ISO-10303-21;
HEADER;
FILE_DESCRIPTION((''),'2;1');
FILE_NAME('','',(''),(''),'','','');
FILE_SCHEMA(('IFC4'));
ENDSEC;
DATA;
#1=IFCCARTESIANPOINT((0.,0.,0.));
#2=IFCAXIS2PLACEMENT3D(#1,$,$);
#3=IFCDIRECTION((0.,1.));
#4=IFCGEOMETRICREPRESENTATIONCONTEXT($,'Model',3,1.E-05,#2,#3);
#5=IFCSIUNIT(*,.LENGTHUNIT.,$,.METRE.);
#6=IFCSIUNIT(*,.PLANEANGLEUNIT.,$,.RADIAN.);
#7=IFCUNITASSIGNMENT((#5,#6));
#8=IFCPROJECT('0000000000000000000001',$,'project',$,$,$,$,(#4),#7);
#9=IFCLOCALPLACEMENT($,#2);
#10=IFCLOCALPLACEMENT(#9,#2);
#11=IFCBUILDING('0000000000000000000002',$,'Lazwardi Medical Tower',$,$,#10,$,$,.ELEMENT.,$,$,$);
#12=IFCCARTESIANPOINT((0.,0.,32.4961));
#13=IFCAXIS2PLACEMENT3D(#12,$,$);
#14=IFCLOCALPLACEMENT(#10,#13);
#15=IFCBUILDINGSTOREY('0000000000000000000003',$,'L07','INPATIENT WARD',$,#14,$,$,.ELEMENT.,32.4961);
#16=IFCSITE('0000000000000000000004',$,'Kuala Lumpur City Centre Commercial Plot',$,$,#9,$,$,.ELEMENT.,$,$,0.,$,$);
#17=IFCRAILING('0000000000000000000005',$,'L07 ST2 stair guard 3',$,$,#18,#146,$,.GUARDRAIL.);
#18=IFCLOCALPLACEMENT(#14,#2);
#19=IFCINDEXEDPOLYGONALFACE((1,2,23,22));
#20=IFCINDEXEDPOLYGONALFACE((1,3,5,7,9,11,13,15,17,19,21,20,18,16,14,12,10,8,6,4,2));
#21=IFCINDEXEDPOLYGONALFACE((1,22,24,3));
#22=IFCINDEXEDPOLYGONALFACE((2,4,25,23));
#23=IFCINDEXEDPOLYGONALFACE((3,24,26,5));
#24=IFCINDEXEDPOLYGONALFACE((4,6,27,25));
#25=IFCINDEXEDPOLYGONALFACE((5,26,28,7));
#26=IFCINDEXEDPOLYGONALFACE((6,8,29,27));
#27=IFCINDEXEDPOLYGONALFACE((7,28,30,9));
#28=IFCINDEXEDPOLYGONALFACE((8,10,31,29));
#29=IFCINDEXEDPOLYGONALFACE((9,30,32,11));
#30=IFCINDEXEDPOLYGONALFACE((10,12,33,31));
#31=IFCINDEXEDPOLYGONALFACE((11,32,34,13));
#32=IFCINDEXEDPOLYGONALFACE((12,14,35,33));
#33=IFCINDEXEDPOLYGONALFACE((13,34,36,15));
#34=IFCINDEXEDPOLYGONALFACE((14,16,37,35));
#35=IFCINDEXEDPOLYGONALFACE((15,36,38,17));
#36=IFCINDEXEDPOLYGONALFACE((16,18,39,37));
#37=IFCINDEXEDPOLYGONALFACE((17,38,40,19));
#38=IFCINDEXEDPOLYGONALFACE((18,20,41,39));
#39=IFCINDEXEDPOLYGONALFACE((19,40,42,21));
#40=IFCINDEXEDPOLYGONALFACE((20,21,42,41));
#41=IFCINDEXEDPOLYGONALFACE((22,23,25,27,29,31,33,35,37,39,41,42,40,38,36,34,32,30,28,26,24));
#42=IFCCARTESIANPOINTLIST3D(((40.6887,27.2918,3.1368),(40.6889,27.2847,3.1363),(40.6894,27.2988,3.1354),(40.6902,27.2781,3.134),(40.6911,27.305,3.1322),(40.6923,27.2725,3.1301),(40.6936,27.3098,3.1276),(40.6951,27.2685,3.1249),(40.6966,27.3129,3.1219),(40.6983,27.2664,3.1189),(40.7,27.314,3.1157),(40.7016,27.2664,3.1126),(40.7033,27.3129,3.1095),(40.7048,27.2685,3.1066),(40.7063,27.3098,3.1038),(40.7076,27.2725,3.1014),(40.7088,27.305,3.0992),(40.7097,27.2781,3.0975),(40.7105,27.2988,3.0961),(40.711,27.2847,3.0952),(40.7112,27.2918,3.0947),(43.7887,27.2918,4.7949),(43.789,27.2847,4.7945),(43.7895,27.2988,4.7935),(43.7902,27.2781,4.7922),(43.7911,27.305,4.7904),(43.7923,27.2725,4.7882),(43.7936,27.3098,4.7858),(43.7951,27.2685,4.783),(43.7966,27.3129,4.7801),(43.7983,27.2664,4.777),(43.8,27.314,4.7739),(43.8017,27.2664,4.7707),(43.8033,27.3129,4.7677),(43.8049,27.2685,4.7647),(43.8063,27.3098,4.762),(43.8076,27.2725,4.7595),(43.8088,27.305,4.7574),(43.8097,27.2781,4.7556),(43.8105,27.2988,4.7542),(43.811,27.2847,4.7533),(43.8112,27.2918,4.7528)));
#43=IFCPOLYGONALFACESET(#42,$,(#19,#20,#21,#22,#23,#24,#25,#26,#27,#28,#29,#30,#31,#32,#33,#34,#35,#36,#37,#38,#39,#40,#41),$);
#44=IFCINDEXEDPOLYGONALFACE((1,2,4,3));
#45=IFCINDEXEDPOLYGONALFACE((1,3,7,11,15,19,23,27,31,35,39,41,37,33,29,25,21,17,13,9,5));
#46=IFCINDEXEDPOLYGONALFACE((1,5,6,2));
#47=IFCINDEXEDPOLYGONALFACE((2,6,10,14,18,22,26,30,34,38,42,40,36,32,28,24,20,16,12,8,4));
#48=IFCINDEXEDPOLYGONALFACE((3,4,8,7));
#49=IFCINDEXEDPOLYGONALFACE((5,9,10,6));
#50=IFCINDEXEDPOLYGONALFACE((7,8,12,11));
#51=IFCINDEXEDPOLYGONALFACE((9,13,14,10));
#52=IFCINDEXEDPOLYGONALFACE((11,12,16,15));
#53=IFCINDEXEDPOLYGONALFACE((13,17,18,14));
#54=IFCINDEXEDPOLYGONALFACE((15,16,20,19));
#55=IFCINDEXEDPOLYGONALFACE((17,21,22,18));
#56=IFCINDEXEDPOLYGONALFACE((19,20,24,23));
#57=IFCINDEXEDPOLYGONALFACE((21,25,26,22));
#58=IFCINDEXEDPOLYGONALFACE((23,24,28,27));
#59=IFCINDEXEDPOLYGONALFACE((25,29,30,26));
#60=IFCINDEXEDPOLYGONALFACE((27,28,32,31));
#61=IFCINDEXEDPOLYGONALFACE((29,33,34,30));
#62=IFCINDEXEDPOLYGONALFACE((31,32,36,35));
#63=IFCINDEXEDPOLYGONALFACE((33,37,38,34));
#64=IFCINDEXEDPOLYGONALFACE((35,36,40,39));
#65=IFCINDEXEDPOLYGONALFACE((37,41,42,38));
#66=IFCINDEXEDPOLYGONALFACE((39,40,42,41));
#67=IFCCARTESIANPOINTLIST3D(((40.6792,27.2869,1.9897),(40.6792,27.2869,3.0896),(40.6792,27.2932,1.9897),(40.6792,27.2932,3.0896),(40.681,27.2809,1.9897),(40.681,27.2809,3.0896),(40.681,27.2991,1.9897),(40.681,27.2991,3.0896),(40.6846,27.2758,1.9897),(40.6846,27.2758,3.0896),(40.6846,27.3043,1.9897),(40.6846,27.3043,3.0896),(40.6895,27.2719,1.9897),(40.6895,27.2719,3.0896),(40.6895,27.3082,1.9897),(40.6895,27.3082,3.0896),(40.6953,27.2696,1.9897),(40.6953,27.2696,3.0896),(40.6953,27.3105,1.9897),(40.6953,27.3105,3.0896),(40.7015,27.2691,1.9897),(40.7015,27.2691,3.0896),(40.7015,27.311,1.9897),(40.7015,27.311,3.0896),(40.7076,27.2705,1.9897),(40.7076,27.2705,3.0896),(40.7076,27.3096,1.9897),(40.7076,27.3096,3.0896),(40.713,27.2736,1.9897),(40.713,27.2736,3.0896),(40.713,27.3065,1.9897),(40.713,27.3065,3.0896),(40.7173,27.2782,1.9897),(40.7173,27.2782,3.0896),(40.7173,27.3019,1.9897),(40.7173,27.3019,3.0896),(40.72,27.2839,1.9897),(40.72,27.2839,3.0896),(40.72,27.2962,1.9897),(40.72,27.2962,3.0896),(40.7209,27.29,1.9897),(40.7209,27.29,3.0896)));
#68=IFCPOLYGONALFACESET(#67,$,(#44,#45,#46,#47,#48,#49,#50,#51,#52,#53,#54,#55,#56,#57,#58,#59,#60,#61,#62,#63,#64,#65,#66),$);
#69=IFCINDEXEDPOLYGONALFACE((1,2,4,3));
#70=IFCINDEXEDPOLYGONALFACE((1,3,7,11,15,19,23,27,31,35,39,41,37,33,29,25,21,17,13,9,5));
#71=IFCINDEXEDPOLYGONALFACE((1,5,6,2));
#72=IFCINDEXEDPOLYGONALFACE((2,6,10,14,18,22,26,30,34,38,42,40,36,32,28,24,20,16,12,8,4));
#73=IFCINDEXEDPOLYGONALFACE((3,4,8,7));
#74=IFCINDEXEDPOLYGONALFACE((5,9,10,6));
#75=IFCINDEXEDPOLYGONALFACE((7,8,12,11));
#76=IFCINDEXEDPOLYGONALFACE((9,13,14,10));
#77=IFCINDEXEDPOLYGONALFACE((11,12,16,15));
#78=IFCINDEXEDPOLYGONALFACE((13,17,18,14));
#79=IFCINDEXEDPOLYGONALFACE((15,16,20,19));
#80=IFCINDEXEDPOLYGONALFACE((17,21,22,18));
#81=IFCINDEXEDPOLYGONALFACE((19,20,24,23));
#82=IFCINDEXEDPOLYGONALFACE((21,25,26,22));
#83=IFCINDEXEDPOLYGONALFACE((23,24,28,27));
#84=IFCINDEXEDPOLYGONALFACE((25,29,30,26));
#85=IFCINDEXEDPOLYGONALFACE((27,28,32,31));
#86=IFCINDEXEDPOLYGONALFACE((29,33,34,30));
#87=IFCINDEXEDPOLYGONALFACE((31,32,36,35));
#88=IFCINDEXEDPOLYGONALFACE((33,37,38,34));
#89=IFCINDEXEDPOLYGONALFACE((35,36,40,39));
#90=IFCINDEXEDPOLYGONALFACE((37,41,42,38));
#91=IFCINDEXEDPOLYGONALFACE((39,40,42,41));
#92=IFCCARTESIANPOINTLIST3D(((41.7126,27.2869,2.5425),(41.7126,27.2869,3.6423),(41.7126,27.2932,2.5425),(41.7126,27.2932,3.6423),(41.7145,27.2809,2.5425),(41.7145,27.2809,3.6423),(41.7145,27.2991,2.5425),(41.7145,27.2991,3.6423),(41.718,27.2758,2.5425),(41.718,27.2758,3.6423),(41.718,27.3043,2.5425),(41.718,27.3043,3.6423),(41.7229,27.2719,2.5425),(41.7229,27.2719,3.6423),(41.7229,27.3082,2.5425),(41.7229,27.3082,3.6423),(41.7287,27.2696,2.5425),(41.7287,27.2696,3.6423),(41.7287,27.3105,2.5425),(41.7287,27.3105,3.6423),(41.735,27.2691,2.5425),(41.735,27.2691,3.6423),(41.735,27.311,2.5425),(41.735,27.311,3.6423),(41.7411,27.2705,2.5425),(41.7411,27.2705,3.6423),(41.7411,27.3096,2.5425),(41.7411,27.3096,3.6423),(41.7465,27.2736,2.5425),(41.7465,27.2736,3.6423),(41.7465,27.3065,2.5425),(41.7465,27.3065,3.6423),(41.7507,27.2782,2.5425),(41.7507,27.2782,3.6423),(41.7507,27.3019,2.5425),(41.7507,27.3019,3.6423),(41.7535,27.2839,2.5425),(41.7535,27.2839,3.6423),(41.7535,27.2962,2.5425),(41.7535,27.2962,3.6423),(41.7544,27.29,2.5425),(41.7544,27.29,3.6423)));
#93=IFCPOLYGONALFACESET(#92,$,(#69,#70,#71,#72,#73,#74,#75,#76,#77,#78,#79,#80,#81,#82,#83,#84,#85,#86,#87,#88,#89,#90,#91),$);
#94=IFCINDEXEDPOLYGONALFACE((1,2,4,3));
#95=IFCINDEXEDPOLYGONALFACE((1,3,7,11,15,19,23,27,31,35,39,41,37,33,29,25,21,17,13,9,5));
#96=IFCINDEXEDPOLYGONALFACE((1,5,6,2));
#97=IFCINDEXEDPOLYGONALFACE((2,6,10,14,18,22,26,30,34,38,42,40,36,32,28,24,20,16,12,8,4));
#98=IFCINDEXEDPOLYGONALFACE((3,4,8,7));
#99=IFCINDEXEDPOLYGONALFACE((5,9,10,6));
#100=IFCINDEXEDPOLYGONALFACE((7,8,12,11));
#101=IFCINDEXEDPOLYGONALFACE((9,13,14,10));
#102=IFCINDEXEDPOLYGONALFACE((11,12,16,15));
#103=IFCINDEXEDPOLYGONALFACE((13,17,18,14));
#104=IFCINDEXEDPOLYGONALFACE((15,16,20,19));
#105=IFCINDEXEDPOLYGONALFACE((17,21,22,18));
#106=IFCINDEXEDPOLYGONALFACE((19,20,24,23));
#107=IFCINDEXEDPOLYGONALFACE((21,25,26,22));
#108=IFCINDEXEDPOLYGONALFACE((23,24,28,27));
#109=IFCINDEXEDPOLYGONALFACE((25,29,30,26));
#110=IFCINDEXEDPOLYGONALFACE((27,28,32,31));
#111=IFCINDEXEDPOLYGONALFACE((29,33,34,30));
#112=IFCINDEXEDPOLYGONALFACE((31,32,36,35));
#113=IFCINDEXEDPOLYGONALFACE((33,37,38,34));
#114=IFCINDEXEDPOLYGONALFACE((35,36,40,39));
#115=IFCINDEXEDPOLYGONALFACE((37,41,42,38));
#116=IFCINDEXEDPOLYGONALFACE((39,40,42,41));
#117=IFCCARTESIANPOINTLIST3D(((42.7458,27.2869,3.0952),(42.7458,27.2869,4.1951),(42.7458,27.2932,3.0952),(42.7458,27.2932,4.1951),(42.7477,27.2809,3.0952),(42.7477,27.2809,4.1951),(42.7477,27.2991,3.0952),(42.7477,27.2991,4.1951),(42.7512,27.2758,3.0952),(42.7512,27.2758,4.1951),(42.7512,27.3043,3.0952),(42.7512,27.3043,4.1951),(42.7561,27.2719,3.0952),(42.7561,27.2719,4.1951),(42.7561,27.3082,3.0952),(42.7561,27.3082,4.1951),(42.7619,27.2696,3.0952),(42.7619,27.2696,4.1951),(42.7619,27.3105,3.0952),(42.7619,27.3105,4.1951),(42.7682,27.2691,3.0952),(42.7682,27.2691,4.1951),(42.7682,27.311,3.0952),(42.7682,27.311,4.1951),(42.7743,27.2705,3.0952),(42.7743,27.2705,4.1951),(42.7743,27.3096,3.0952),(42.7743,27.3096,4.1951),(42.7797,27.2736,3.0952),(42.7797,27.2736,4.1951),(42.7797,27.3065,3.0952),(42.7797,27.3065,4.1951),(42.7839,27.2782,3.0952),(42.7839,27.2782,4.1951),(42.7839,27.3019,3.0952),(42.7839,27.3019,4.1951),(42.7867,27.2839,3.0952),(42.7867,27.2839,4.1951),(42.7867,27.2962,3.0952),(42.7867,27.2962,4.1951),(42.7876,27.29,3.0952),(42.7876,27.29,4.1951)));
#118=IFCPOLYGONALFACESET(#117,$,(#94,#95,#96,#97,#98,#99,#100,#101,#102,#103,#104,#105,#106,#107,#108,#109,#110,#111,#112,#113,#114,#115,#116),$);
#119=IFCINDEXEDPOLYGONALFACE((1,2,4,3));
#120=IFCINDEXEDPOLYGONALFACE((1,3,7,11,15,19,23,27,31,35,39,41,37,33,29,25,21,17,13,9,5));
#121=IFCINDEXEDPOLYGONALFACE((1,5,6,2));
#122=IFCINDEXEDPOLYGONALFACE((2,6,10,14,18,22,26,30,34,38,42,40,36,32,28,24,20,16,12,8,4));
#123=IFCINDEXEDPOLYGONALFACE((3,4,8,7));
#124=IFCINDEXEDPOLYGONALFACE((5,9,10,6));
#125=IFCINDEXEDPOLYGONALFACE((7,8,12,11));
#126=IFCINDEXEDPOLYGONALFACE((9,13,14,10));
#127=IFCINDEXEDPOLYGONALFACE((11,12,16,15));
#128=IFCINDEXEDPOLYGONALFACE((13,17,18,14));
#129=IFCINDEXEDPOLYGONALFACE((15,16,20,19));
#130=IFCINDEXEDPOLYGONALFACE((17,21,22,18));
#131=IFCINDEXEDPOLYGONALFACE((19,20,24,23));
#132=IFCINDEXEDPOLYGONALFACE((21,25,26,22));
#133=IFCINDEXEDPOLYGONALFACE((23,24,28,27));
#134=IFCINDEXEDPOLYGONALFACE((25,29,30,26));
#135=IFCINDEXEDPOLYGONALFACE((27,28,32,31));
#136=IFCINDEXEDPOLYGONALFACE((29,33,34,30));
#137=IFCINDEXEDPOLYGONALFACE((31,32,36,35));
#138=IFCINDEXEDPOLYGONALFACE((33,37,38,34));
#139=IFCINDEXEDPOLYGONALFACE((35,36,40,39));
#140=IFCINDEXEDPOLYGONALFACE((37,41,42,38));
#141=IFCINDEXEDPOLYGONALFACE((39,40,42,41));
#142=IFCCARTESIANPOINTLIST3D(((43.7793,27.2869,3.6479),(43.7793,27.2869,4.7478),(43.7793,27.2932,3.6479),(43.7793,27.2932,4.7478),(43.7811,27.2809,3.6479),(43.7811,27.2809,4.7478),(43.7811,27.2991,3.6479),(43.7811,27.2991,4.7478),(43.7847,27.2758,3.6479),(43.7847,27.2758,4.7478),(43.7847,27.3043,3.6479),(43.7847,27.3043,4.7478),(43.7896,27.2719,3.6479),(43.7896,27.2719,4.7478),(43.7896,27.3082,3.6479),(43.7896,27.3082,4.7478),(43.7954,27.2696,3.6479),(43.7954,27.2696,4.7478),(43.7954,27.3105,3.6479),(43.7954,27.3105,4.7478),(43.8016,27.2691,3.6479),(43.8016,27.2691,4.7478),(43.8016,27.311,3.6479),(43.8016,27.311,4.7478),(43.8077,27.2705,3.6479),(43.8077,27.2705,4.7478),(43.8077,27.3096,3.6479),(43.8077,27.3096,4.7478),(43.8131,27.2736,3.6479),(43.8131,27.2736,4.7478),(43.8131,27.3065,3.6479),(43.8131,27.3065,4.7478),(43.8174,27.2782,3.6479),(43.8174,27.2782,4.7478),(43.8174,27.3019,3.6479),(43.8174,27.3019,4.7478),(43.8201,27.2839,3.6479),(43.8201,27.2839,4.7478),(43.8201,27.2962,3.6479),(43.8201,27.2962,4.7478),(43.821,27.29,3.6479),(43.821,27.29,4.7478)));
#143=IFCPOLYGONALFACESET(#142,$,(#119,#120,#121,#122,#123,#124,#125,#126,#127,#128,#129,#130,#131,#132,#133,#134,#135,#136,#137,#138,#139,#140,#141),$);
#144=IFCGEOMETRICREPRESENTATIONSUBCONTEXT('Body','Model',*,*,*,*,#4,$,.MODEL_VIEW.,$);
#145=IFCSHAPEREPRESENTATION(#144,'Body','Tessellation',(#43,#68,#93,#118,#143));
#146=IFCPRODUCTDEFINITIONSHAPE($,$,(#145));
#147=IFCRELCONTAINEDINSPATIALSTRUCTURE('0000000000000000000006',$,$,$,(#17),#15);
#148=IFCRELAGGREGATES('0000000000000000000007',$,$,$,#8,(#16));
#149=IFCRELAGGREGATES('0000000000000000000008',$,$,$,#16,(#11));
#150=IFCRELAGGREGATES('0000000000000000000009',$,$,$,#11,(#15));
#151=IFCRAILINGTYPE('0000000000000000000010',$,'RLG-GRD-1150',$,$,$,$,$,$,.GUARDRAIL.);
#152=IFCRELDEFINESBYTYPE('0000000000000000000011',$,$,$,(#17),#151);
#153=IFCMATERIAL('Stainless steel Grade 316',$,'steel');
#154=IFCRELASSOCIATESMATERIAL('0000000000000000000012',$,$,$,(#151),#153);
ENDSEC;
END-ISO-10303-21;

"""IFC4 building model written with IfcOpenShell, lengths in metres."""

from ifc_helpers import new_model, si_unit, direction, frame, origin, origin_2d, place, context, subcontext, project, spatial, circle, extrude, material, type_object, element, save


model = new_model("IFC4")

# Units and contexts
model_context = context("Model", 3, precision=1e-05, world=origin(), true_north=direction((0.0, 1.0)))
body_context = subcontext(model_context, "Body", "Model", "MODEL_VIEW")
ifc_project = project(units=[si_unit("LENGTHUNIT", "METRE"), si_unit("PLANEANGLEUNIT", "RADIAN")], contexts=[model_context])

# Site, building, storey
site_placement = place(None, origin())
site = spatial("IfcSite", under=ifc_project, at=site_placement, Name="Kuala Lumpur City Centre Commercial Plot", CompositionType="ELEMENT", RefElevation=0.0)
building_placement = place(site_placement, origin())
building = spatial("IfcBuilding", under=site, at=building_placement, Name="Lazwardi Medical Tower", CompositionType="ELEMENT")
storey_placement = place(building_placement, frame((0.0, 0.0, 32.4961)))
storey = spatial("IfcBuildingStorey", under=building, at=storey_placement, Name="L07", Description="INPATIENT WARD", CompositionType="ELEMENT", Elevation=32.4961)

# Railing
ifc_material_1 = material(Name="Stainless steel Grade 316", Category="steel")
railing_type_1 = type_object("IfcRailingType", Name="RLG-GRD-1150", PredefinedType="GUARDRAIL", material=ifc_material_1)
railing_1_placement = place(storey_placement, frame((40.7, 27.29, 1.9897)))
element("IfcRailing", 1, at=railing_1_placement, inside=storey, type_object=railing_type_1, Name="L07 ST2 stair guard 3", PredefinedType="GUARDRAIL", context=body_context, shape_type="SweptSolid", body=[
    extrude(circle(Radius=0.0239, at=origin_2d()), frame((0.0, 0.0, 1.126), z_axis=(0.881783, 0.0, 0.471655), x_axis=(0.0, 1.0, 0.0)), (0.0, 0.0, 1.0), 3.5156),
    extrude(circle(Radius=0.021, at=origin_2d()), origin(), (0.0, 0.0, 1.0), 1.0999),
    extrude(circle(Radius=0.021, at=origin_2d()), frame((1.0334, 0.0, 0.5527)), (0.0, 0.0, 1.0), 1.0999),
    extrude(circle(Radius=0.021, at=origin_2d()), frame((2.0667, 0.0, 1.1055)), (0.0, 0.0, 1.0), 1.0999),
    extrude(circle(Radius=0.021, at=origin_2d()), frame((3.1001, 0.0, 1.6582)), (0.0, 0.0, 1.0), 1.0999),
])

save(model, "model.ifc")
